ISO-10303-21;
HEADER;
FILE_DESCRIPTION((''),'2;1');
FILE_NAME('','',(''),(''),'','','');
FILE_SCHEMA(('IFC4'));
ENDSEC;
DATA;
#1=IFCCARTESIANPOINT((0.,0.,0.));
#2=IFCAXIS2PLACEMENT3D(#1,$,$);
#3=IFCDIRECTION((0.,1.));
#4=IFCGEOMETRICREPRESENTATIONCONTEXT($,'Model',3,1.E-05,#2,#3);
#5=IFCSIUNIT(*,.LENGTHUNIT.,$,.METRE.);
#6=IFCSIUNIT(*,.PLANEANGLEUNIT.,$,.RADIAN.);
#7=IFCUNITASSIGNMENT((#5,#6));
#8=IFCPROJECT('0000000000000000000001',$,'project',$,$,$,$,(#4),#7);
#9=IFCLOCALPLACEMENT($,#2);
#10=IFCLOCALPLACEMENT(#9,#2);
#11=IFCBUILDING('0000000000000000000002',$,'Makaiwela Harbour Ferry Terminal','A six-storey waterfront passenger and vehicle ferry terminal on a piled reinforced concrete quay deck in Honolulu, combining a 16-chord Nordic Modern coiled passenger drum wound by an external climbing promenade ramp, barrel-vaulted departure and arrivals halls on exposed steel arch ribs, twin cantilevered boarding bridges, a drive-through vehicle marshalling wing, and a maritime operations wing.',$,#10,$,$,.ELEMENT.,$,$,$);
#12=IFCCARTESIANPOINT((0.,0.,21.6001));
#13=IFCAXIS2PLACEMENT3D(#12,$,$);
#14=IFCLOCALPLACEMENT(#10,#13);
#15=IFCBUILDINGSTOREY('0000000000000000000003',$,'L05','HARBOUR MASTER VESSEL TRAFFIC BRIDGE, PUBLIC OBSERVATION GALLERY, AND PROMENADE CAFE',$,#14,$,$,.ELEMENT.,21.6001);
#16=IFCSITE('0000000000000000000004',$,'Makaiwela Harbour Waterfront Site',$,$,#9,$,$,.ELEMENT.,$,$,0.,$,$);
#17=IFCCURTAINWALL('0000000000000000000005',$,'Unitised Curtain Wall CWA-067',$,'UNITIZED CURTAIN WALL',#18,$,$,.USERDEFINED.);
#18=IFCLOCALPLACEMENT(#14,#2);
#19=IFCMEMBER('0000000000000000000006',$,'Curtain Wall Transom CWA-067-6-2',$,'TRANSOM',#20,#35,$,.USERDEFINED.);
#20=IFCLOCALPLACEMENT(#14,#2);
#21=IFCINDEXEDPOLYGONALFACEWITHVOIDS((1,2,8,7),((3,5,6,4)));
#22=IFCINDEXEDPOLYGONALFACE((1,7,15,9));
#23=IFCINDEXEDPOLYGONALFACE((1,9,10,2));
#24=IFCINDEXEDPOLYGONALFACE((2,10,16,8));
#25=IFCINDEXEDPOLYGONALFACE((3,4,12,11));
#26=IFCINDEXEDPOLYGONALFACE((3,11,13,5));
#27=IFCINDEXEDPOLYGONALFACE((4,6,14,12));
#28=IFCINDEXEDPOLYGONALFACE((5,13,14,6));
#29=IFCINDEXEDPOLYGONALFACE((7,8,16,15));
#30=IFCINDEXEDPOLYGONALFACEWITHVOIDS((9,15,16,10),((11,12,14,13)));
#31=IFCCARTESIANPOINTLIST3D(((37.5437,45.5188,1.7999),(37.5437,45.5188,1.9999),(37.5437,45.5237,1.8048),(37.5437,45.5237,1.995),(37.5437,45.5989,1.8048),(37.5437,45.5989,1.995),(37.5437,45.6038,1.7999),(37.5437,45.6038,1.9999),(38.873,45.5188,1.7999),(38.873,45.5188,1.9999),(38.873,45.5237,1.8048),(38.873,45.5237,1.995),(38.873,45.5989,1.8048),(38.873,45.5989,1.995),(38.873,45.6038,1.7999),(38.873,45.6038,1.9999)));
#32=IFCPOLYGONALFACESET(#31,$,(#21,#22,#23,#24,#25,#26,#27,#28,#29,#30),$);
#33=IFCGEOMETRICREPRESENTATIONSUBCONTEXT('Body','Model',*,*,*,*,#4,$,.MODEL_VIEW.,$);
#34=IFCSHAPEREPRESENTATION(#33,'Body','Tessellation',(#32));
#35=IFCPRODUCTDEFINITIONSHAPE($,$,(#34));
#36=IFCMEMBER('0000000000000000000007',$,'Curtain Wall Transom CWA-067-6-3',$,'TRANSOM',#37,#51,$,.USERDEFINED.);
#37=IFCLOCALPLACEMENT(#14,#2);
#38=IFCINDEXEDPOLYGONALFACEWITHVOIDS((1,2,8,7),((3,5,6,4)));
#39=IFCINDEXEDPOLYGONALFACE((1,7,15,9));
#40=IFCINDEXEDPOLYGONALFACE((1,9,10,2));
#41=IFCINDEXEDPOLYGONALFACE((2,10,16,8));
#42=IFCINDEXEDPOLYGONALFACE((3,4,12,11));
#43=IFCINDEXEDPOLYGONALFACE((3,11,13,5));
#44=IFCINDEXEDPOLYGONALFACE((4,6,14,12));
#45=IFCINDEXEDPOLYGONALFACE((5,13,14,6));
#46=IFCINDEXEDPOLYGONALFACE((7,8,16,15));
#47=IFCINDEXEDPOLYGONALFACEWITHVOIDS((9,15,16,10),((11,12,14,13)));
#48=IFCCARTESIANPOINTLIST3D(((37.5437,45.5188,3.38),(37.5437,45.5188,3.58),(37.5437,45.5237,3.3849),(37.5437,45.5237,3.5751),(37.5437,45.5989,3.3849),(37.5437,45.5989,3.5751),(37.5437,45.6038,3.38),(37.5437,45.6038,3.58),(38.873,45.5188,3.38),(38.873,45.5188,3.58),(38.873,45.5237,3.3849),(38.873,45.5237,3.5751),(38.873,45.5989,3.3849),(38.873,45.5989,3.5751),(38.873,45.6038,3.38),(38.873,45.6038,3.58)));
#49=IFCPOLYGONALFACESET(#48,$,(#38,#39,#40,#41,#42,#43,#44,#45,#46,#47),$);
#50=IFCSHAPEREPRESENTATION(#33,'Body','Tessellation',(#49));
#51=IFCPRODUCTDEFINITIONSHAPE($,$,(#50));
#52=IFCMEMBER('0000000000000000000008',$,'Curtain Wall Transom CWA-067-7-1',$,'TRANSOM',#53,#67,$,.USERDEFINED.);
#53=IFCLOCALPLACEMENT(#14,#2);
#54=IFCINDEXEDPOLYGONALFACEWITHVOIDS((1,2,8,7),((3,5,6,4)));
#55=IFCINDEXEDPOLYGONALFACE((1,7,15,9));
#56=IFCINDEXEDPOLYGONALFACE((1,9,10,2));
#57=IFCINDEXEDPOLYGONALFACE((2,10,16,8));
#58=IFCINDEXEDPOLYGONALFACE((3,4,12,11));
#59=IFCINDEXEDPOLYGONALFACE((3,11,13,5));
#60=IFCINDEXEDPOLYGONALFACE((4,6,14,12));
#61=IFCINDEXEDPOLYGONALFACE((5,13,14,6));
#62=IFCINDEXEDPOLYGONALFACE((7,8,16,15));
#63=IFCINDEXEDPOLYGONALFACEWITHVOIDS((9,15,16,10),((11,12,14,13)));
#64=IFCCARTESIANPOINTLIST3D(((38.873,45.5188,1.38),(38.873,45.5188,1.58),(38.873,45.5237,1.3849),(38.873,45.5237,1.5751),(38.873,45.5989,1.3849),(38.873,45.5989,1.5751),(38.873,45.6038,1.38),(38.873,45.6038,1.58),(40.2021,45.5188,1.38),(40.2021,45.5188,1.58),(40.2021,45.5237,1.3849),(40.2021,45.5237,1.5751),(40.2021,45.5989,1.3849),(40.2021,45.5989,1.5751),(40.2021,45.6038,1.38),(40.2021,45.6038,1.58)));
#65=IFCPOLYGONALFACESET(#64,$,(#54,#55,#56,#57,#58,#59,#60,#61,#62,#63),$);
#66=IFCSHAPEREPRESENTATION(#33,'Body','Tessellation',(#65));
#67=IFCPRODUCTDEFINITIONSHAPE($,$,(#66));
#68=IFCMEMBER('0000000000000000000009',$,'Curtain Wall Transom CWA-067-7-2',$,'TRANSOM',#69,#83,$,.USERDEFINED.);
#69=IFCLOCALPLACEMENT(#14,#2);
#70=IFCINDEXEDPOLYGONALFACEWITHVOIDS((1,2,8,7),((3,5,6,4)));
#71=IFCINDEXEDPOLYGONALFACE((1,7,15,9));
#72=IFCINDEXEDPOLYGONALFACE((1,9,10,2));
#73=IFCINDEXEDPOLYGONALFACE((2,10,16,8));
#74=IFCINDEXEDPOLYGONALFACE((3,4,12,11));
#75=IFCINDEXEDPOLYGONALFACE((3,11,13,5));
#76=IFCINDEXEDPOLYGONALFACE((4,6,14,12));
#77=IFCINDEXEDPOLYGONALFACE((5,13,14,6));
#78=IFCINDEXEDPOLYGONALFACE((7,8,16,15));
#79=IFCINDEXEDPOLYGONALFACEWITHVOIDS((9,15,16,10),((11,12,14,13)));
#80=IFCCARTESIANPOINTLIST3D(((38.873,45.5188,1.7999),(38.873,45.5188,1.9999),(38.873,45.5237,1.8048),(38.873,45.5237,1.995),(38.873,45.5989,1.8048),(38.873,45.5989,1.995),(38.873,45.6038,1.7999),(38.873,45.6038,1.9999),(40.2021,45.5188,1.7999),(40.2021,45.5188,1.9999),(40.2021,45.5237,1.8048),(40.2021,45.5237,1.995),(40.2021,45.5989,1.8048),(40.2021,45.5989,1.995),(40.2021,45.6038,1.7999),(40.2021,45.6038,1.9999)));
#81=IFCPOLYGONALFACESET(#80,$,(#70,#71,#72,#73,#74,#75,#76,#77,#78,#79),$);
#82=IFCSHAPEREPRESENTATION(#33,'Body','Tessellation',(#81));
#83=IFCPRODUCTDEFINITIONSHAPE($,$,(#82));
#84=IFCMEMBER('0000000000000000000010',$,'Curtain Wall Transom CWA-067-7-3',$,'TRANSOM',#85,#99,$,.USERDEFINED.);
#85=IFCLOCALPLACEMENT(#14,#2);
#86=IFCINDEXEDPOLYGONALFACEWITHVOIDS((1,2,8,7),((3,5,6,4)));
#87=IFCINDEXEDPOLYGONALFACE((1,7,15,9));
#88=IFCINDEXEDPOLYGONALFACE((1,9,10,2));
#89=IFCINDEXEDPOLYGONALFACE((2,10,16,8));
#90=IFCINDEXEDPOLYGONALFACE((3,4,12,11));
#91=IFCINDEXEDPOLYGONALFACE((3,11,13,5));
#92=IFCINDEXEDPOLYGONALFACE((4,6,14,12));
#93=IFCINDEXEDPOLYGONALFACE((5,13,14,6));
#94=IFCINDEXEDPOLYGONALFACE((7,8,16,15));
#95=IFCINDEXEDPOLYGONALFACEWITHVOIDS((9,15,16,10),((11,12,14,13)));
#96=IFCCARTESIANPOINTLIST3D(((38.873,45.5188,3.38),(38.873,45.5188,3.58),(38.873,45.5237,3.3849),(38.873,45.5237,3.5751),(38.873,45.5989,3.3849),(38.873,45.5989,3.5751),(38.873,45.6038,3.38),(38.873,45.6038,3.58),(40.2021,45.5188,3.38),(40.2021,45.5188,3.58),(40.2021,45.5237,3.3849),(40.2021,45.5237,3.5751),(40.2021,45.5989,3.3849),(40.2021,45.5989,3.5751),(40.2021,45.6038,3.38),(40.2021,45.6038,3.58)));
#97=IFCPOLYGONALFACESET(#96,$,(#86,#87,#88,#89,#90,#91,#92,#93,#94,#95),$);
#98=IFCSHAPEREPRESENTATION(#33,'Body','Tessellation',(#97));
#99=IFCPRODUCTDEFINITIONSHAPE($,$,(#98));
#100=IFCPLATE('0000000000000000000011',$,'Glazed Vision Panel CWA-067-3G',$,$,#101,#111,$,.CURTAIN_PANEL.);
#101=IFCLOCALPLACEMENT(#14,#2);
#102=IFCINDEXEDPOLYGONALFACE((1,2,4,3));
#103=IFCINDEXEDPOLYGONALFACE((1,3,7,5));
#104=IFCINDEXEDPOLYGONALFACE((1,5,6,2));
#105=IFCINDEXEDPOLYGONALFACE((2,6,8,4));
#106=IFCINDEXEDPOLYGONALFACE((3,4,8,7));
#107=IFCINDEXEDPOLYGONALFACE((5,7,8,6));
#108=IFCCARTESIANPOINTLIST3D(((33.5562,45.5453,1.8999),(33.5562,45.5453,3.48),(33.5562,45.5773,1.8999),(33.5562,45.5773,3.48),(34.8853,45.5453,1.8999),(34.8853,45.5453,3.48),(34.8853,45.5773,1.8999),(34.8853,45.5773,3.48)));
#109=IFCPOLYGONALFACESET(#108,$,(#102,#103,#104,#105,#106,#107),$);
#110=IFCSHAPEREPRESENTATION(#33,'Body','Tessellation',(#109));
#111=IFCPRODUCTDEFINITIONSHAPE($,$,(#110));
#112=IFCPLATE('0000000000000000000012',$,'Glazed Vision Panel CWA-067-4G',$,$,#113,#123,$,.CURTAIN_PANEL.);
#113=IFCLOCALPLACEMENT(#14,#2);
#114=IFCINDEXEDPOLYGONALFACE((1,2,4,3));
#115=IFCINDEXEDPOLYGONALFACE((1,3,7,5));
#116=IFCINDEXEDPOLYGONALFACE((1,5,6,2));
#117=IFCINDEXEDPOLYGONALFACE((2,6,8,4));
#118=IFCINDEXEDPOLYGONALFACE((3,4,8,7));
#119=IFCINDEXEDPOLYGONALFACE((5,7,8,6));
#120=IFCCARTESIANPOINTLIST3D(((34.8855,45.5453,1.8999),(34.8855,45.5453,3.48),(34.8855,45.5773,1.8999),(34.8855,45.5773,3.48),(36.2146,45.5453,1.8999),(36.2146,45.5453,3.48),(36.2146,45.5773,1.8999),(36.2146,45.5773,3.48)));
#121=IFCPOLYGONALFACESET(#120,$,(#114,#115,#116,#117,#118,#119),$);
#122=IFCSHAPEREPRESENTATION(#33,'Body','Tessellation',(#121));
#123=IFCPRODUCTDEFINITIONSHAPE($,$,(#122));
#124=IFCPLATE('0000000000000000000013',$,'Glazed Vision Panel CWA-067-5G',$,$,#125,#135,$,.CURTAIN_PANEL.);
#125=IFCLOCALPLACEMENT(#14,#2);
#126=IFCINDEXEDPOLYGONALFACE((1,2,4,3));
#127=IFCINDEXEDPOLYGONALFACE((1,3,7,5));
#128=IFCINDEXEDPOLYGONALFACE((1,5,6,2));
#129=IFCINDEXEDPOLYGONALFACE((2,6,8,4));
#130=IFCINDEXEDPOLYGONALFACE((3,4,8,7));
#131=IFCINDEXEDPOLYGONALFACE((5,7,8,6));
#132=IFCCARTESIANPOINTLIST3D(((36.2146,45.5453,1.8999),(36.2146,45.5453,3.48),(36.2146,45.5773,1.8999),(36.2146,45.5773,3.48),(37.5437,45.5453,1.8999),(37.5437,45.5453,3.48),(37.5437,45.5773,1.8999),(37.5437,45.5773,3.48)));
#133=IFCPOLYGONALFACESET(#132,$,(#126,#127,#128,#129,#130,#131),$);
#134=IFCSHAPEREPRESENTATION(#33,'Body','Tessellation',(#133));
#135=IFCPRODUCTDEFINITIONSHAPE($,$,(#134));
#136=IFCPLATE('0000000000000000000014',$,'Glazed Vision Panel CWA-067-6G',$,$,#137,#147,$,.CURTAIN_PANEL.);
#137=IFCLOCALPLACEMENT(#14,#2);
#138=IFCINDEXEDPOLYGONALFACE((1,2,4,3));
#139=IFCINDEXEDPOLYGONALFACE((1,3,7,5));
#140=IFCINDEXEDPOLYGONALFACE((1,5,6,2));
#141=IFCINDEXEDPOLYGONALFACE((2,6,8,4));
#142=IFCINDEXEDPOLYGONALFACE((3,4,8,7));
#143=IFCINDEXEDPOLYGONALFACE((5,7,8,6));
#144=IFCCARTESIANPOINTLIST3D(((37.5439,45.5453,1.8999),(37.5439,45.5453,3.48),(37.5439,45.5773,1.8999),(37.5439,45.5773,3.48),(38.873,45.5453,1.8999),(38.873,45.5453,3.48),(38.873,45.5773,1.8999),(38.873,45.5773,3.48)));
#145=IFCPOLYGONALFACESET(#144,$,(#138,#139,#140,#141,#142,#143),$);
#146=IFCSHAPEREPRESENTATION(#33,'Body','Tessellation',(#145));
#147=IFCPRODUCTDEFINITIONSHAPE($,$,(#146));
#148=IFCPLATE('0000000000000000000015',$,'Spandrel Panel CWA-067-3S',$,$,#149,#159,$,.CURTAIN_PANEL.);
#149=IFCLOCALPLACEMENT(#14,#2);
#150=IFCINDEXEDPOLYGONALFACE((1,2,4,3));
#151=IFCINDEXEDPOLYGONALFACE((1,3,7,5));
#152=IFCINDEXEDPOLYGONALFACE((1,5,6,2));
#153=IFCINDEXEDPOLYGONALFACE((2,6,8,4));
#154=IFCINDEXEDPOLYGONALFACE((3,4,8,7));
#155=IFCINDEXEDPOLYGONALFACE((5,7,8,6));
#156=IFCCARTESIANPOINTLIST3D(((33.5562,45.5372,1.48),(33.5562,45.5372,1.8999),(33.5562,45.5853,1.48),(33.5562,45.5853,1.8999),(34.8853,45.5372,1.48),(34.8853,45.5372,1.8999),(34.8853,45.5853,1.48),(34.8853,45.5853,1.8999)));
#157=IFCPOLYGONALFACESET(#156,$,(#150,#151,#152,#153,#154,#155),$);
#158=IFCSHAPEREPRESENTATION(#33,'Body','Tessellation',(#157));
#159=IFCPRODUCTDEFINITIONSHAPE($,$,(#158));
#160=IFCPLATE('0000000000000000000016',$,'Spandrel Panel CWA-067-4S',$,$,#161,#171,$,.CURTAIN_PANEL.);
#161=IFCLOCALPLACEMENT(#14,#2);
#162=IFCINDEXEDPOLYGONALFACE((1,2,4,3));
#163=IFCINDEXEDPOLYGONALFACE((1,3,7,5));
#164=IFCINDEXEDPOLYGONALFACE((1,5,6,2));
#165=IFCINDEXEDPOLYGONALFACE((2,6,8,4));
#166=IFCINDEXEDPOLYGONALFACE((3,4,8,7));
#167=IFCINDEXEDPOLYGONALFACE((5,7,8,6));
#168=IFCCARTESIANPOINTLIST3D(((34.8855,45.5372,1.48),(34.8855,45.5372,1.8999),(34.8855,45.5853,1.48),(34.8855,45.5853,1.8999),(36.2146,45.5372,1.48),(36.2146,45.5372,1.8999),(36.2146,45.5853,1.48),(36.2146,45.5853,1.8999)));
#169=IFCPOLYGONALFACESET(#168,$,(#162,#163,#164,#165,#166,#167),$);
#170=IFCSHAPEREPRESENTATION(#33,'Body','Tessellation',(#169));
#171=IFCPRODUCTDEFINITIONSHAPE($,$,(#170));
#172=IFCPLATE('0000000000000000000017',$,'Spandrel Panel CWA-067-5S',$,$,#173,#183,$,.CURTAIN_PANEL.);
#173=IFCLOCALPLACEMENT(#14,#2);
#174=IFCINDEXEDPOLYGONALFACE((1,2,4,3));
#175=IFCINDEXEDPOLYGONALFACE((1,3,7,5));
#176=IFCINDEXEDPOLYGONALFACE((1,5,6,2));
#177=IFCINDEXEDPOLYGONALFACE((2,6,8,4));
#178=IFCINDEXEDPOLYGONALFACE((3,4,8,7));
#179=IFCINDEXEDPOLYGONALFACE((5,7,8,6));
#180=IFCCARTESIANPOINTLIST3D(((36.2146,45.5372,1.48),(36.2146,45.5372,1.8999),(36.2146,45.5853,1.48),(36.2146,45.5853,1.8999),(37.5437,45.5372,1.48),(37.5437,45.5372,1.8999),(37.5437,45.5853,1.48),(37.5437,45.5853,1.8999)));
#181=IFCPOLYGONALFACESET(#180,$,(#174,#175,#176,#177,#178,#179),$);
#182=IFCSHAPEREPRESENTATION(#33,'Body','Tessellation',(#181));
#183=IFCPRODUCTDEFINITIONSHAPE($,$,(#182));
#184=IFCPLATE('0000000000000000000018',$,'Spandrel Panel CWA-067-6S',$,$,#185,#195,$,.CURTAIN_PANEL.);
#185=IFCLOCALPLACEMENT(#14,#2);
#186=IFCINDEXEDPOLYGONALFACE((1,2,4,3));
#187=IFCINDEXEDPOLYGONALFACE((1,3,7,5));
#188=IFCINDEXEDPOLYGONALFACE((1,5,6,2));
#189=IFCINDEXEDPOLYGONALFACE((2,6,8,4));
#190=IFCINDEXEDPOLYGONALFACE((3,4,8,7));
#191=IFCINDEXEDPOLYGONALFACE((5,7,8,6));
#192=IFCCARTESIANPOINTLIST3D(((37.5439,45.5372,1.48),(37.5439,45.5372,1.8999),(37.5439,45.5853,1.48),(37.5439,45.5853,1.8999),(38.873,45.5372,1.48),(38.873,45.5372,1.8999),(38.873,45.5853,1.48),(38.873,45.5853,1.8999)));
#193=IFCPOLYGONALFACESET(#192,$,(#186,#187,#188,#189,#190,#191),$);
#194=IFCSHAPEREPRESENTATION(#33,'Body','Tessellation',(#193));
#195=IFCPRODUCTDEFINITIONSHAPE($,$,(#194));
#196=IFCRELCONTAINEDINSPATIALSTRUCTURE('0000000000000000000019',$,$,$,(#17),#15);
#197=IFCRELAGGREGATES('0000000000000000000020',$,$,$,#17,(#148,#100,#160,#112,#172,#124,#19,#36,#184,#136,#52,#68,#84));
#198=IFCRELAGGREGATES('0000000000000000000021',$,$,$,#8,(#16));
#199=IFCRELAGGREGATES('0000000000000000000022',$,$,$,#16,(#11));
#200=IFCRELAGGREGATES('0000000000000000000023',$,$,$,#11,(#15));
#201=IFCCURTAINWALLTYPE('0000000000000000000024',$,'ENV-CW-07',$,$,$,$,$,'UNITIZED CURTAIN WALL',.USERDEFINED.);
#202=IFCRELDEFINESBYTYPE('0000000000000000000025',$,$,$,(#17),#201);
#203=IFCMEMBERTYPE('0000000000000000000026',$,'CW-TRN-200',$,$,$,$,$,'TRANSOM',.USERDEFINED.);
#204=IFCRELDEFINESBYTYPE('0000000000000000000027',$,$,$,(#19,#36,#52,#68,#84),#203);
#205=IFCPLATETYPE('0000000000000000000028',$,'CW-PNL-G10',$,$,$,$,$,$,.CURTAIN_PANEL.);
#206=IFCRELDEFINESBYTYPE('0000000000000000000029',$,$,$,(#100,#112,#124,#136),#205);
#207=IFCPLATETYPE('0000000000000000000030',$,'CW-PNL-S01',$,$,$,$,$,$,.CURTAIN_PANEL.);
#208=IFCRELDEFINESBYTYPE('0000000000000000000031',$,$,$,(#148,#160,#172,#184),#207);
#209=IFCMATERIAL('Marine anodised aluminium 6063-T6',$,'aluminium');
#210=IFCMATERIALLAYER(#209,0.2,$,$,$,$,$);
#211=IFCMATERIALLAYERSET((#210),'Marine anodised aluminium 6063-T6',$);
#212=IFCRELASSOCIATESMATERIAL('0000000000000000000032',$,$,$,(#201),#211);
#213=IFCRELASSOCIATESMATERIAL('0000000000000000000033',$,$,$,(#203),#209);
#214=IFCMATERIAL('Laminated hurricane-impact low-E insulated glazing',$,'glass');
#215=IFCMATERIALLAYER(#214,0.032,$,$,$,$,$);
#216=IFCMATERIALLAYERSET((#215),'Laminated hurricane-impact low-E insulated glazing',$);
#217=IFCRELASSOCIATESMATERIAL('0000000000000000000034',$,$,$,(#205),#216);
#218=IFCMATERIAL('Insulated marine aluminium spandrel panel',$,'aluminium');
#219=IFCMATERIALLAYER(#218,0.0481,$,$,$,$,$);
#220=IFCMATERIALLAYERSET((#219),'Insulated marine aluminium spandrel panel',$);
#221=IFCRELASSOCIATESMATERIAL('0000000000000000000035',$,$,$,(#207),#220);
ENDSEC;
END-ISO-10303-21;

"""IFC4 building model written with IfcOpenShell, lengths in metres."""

from ifc_helpers import new_model, si_unit, direction, frame, origin, origin_2d, place, context, subcontext, project, spatial, rectangle, hollow_rectangle, extrude, material, layer, layer_set, material_profile, profile_set, type_object, element, aggregate, save


model = new_model("IFC4")

# Units and contexts
model_context = context("Model", 3, precision=1e-05, world=origin(), true_north=direction((0.0, 1.0)))
body_context = subcontext(model_context, "Body", "Model", "MODEL_VIEW")
ifc_project = project(units=[si_unit("LENGTHUNIT", "METRE"), si_unit("PLANEANGLEUNIT", "RADIAN")], contexts=[model_context])

# Site, building, storey
site_placement = place(None, origin())
site = spatial("IfcSite", under=ifc_project, at=site_placement, Name="Makaiwela Harbour Waterfront Site", CompositionType="ELEMENT", RefElevation=0.0)
building_placement = place(site_placement, origin())
building = spatial("IfcBuilding", under=site, at=building_placement, Name="Makaiwela Harbour Ferry Terminal", Description="A six-storey waterfront passenger and vehicle ferry terminal on a piled reinforced concrete quay deck in Honolulu, combining a 16-chord Nordic Modern coiled passenger drum wound by an external climbing promenade ramp, barrel-vaulted departure and arrivals halls on exposed steel arch ribs, twin cantilevered boarding bridges, a drive-through vehicle marshalling wing, and a maritime operations wing.", CompositionType="ELEMENT")
storey_placement = place(building_placement, frame((0.0, 0.0, 21.6001)))
storey = spatial("IfcBuildingStorey", under=building, at=storey_placement, Name="L05", Description="HARBOUR MASTER VESSEL TRAFFIC BRIDGE, PUBLIC OBSERVATION GALLERY, AND PROMENADE CAFE", CompositionType="ELEMENT", Elevation=21.6001)

# Curtain wall, members, plates
ifc_material_1 = material(Name="Marine anodised aluminium 6063-T6", Category="aluminium")
ifc_layer_1 = layer(ifc_material_1, 0.2)
ifc_layer_set_1 = layer_set([ifc_layer_1], Name="Marine anodised aluminium 6063-T6")
curtain_wall_type = type_object("IfcCurtainWallType", Name="ENV-CW-07", ElementType="UNITIZED CURTAIN WALL", PredefinedType="USERDEFINED", material=ifc_layer_set_1)
curtain_wall_placement = place(storey_placement, origin())
curtain_wall = element("IfcCurtainWall", 1, at=curtain_wall_placement, inside=storey, type_object=curtain_wall_type, Name="Unitised Curtain Wall CWA-067", ObjectType="UNITIZED CURTAIN WALL", PredefinedType="USERDEFINED")
ifc_material_profile_1 = material_profile(ifc_material_1, hollow_rectangle(XDim=0.085, YDim=0.2, WallThickness=0.0049, at=origin_2d()), Name="CWT-200X85")
ifc_profile_set_1 = profile_set([ifc_material_profile_1], Name="Marine anodised aluminium 6063-T6")
member_type_1 = type_object("IfcMemberType", Name="CW-TRN-200", ElementType="TRANSOM", PredefinedType="USERDEFINED", material=ifc_profile_set_1)
member_1_placement = place(storey_placement, frame((37.5437, 45.5613, 1.8999), z_axis=(1.0, 0.0, 0.0), x_axis=(0.0, 1.0, 0.0)))
member_1 = element("IfcMember", 2, at=member_1_placement, type_object=member_type_1, Name="Curtain Wall Transom CWA-067-6-2", ObjectType="TRANSOM", PredefinedType="USERDEFINED", context=body_context, shape_type="SweptSolid", body=[
    extrude(hollow_rectangle(XDim=0.085, YDim=0.2, WallThickness=0.0049, at=origin_2d()), origin(), (0.0, 0.0, 1.0), 1.3293),
])
member_2_placement = place(storey_placement, frame((37.5437, 45.5613, 3.48), z_axis=(1.0, 0.0, 0.0), x_axis=(0.0, 1.0, 0.0)))
member_2 = element("IfcMember", 3, at=member_2_placement, type_object=member_type_1, Name="Curtain Wall Transom CWA-067-6-3", ObjectType="TRANSOM", PredefinedType="USERDEFINED", context=body_context, shape_type="SweptSolid", body=[
    extrude(hollow_rectangle(XDim=0.085, YDim=0.2, WallThickness=0.0049, at=origin_2d()), origin(), (0.0, 0.0, 1.0), 1.3293),
])
member_3_placement = place(storey_placement, frame((38.873, 45.5613, 1.48), z_axis=(1.0, 0.0, 0.0), x_axis=(0.0, 1.0, 0.0)))
member_3 = element("IfcMember", 4, at=member_3_placement, type_object=member_type_1, Name="Curtain Wall Transom CWA-067-7-1", ObjectType="TRANSOM", PredefinedType="USERDEFINED", context=body_context, shape_type="SweptSolid", body=[
    extrude(hollow_rectangle(XDim=0.085, YDim=0.2, WallThickness=0.0049, at=origin_2d()), origin(), (0.0, 0.0, 1.0), 1.3291),
])
member_4_placement = place(storey_placement, frame((38.873, 45.5613, 1.8999), z_axis=(1.0, 0.0, 0.0), x_axis=(0.0, 1.0, 0.0)))
member_4 = element("IfcMember", 5, at=member_4_placement, type_object=member_type_1, Name="Curtain Wall Transom CWA-067-7-2", ObjectType="TRANSOM", PredefinedType="USERDEFINED", context=body_context, shape_type="SweptSolid", body=[
    extrude(hollow_rectangle(XDim=0.085, YDim=0.2, WallThickness=0.0049, at=origin_2d()), origin(), (0.0, 0.0, 1.0), 1.3291),
])
member_5_placement = place(storey_placement, frame((38.873, 45.5613, 3.48), z_axis=(1.0, 0.0, 0.0), x_axis=(0.0, 1.0, 0.0)))
member_5 = element("IfcMember", 6, at=member_5_placement, type_object=member_type_1, Name="Curtain Wall Transom CWA-067-7-3", ObjectType="TRANSOM", PredefinedType="USERDEFINED", context=body_context, shape_type="SweptSolid", body=[
    extrude(hollow_rectangle(XDim=0.085, YDim=0.2, WallThickness=0.0049, at=origin_2d()), origin(), (0.0, 0.0, 1.0), 1.3291),
])
ifc_material_2 = material(Name="Laminated hurricane-impact low-E insulated glazing", Category="glass")
ifc_layer_2 = layer(ifc_material_2, 0.032)
ifc_layer_set_2 = layer_set([ifc_layer_2], Name="Laminated hurricane-impact low-E insulated glazing")
plate_type_1 = type_object("IfcPlateType", Name="CW-PNL-G10", PredefinedType="CURTAIN_PANEL", material=ifc_layer_set_2)
plate_1_placement = place(storey_placement, frame((34.2207, 45.5613, 1.8999), z_axis=(0.0, 0.0, 1.0), x_axis=(1.0, 0.0, 0.0)))
plate_1 = element("IfcPlate", 7, at=plate_1_placement, type_object=plate_type_1, Name="Glazed Vision Panel CWA-067-3G", PredefinedType="CURTAIN_PANEL", context=body_context, shape_type="SweptSolid", body=[
    extrude(rectangle(XDim=1.3291, YDim=0.032, at=origin_2d()), origin(), (0.0, 0.0, 1.0), 1.5801),
])
plate_2_placement = place(storey_placement, frame((35.55, 45.5613, 1.8999), z_axis=(0.0, 0.0, 1.0), x_axis=(1.0, 0.0, 0.0)))
plate_2 = element("IfcPlate", 8, at=plate_2_placement, type_object=plate_type_1, Name="Glazed Vision Panel CWA-067-4G", PredefinedType="CURTAIN_PANEL", context=body_context, shape_type="SweptSolid", body=[
    extrude(rectangle(XDim=1.3291, YDim=0.032, at=origin_2d()), origin(), (0.0, 0.0, 1.0), 1.5801),
])
plate_3_placement = place(storey_placement, frame((36.8792, 45.5613, 1.8999), z_axis=(0.0, 0.0, 1.0), x_axis=(1.0, 0.0, 0.0)))
plate_3 = element("IfcPlate", 9, at=plate_3_placement, type_object=plate_type_1, Name="Glazed Vision Panel CWA-067-5G", PredefinedType="CURTAIN_PANEL", context=body_context, shape_type="SweptSolid", body=[
    extrude(rectangle(XDim=1.3291, YDim=0.032, at=origin_2d()), origin(), (0.0, 0.0, 1.0), 1.5801),
])
plate_4_placement = place(storey_placement, frame((38.2085, 45.5613, 1.8999), z_axis=(0.0, 0.0, 1.0), x_axis=(1.0, 0.0, 0.0)))
plate_4 = element("IfcPlate", 10, at=plate_4_placement, type_object=plate_type_1, Name="Glazed Vision Panel CWA-067-6G", PredefinedType="CURTAIN_PANEL", context=body_context, shape_type="SweptSolid", body=[
    extrude(rectangle(XDim=1.3291, YDim=0.032, at=origin_2d()), origin(), (0.0, 0.0, 1.0), 1.5801),
])
ifc_material_3 = material(Name="Insulated marine aluminium spandrel panel", Category="aluminium")
ifc_layer_3 = layer(ifc_material_3, 0.0481)
ifc_layer_set_3 = layer_set([ifc_layer_3], Name="Insulated marine aluminium spandrel panel")
plate_type_2 = type_object("IfcPlateType", Name="CW-PNL-S01", PredefinedType="CURTAIN_PANEL", material=ifc_layer_set_3)
plate_5_placement = place(storey_placement, frame((34.2207, 45.5613, 1.48), z_axis=(0.0, 0.0, 1.0), x_axis=(1.0, 0.0, 0.0)))
plate_5 = element("IfcPlate", 11, at=plate_5_placement, type_object=plate_type_2, Name="Spandrel Panel CWA-067-3S", PredefinedType="CURTAIN_PANEL", context=body_context, shape_type="SweptSolid", body=[
    extrude(rectangle(XDim=1.3291, YDim=0.0481, at=origin_2d()), origin(), (0.0, 0.0, 1.0), 0.4199),
])
plate_6_placement = place(storey_placement, frame((35.55, 45.5613, 1.48), z_axis=(0.0, 0.0, 1.0), x_axis=(1.0, 0.0, 0.0)))
plate_6 = element("IfcPlate", 12, at=plate_6_placement, type_object=plate_type_2, Name="Spandrel Panel CWA-067-4S", PredefinedType="CURTAIN_PANEL", context=body_context, shape_type="SweptSolid", body=[
    extrude(rectangle(XDim=1.3291, YDim=0.0481, at=origin_2d()), origin(), (0.0, 0.0, 1.0), 0.4199),
])
plate_7_placement = place(storey_placement, frame((36.8792, 45.5613, 1.48), z_axis=(0.0, 0.0, 1.0), x_axis=(1.0, 0.0, 0.0)))
plate_7 = element("IfcPlate", 13, at=plate_7_placement, type_object=plate_type_2, Name="Spandrel Panel CWA-067-5S", PredefinedType="CURTAIN_PANEL", context=body_context, shape_type="SweptSolid", body=[
    extrude(rectangle(XDim=1.3291, YDim=0.0481, at=origin_2d()), origin(), (0.0, 0.0, 1.0), 0.4199),
])
plate_8_placement = place(storey_placement, frame((38.2085, 45.5613, 1.48), z_axis=(0.0, 0.0, 1.0), x_axis=(1.0, 0.0, 0.0)))
plate_8 = element("IfcPlate", 14, at=plate_8_placement, type_object=plate_type_2, Name="Spandrel Panel CWA-067-6S", PredefinedType="CURTAIN_PANEL", context=body_context, shape_type="SweptSolid", body=[
    extrude(rectangle(XDim=1.3291, YDim=0.0481, at=origin_2d()), origin(), (0.0, 0.0, 1.0), 0.4199),
])
aggregate(curtain_wall, [plate_5, plate_1, plate_6, plate_2, plate_7, plate_3, member_1, member_2, plate_8, plate_4, member_3, member_4, member_5])

save(model, "model.ifc")
